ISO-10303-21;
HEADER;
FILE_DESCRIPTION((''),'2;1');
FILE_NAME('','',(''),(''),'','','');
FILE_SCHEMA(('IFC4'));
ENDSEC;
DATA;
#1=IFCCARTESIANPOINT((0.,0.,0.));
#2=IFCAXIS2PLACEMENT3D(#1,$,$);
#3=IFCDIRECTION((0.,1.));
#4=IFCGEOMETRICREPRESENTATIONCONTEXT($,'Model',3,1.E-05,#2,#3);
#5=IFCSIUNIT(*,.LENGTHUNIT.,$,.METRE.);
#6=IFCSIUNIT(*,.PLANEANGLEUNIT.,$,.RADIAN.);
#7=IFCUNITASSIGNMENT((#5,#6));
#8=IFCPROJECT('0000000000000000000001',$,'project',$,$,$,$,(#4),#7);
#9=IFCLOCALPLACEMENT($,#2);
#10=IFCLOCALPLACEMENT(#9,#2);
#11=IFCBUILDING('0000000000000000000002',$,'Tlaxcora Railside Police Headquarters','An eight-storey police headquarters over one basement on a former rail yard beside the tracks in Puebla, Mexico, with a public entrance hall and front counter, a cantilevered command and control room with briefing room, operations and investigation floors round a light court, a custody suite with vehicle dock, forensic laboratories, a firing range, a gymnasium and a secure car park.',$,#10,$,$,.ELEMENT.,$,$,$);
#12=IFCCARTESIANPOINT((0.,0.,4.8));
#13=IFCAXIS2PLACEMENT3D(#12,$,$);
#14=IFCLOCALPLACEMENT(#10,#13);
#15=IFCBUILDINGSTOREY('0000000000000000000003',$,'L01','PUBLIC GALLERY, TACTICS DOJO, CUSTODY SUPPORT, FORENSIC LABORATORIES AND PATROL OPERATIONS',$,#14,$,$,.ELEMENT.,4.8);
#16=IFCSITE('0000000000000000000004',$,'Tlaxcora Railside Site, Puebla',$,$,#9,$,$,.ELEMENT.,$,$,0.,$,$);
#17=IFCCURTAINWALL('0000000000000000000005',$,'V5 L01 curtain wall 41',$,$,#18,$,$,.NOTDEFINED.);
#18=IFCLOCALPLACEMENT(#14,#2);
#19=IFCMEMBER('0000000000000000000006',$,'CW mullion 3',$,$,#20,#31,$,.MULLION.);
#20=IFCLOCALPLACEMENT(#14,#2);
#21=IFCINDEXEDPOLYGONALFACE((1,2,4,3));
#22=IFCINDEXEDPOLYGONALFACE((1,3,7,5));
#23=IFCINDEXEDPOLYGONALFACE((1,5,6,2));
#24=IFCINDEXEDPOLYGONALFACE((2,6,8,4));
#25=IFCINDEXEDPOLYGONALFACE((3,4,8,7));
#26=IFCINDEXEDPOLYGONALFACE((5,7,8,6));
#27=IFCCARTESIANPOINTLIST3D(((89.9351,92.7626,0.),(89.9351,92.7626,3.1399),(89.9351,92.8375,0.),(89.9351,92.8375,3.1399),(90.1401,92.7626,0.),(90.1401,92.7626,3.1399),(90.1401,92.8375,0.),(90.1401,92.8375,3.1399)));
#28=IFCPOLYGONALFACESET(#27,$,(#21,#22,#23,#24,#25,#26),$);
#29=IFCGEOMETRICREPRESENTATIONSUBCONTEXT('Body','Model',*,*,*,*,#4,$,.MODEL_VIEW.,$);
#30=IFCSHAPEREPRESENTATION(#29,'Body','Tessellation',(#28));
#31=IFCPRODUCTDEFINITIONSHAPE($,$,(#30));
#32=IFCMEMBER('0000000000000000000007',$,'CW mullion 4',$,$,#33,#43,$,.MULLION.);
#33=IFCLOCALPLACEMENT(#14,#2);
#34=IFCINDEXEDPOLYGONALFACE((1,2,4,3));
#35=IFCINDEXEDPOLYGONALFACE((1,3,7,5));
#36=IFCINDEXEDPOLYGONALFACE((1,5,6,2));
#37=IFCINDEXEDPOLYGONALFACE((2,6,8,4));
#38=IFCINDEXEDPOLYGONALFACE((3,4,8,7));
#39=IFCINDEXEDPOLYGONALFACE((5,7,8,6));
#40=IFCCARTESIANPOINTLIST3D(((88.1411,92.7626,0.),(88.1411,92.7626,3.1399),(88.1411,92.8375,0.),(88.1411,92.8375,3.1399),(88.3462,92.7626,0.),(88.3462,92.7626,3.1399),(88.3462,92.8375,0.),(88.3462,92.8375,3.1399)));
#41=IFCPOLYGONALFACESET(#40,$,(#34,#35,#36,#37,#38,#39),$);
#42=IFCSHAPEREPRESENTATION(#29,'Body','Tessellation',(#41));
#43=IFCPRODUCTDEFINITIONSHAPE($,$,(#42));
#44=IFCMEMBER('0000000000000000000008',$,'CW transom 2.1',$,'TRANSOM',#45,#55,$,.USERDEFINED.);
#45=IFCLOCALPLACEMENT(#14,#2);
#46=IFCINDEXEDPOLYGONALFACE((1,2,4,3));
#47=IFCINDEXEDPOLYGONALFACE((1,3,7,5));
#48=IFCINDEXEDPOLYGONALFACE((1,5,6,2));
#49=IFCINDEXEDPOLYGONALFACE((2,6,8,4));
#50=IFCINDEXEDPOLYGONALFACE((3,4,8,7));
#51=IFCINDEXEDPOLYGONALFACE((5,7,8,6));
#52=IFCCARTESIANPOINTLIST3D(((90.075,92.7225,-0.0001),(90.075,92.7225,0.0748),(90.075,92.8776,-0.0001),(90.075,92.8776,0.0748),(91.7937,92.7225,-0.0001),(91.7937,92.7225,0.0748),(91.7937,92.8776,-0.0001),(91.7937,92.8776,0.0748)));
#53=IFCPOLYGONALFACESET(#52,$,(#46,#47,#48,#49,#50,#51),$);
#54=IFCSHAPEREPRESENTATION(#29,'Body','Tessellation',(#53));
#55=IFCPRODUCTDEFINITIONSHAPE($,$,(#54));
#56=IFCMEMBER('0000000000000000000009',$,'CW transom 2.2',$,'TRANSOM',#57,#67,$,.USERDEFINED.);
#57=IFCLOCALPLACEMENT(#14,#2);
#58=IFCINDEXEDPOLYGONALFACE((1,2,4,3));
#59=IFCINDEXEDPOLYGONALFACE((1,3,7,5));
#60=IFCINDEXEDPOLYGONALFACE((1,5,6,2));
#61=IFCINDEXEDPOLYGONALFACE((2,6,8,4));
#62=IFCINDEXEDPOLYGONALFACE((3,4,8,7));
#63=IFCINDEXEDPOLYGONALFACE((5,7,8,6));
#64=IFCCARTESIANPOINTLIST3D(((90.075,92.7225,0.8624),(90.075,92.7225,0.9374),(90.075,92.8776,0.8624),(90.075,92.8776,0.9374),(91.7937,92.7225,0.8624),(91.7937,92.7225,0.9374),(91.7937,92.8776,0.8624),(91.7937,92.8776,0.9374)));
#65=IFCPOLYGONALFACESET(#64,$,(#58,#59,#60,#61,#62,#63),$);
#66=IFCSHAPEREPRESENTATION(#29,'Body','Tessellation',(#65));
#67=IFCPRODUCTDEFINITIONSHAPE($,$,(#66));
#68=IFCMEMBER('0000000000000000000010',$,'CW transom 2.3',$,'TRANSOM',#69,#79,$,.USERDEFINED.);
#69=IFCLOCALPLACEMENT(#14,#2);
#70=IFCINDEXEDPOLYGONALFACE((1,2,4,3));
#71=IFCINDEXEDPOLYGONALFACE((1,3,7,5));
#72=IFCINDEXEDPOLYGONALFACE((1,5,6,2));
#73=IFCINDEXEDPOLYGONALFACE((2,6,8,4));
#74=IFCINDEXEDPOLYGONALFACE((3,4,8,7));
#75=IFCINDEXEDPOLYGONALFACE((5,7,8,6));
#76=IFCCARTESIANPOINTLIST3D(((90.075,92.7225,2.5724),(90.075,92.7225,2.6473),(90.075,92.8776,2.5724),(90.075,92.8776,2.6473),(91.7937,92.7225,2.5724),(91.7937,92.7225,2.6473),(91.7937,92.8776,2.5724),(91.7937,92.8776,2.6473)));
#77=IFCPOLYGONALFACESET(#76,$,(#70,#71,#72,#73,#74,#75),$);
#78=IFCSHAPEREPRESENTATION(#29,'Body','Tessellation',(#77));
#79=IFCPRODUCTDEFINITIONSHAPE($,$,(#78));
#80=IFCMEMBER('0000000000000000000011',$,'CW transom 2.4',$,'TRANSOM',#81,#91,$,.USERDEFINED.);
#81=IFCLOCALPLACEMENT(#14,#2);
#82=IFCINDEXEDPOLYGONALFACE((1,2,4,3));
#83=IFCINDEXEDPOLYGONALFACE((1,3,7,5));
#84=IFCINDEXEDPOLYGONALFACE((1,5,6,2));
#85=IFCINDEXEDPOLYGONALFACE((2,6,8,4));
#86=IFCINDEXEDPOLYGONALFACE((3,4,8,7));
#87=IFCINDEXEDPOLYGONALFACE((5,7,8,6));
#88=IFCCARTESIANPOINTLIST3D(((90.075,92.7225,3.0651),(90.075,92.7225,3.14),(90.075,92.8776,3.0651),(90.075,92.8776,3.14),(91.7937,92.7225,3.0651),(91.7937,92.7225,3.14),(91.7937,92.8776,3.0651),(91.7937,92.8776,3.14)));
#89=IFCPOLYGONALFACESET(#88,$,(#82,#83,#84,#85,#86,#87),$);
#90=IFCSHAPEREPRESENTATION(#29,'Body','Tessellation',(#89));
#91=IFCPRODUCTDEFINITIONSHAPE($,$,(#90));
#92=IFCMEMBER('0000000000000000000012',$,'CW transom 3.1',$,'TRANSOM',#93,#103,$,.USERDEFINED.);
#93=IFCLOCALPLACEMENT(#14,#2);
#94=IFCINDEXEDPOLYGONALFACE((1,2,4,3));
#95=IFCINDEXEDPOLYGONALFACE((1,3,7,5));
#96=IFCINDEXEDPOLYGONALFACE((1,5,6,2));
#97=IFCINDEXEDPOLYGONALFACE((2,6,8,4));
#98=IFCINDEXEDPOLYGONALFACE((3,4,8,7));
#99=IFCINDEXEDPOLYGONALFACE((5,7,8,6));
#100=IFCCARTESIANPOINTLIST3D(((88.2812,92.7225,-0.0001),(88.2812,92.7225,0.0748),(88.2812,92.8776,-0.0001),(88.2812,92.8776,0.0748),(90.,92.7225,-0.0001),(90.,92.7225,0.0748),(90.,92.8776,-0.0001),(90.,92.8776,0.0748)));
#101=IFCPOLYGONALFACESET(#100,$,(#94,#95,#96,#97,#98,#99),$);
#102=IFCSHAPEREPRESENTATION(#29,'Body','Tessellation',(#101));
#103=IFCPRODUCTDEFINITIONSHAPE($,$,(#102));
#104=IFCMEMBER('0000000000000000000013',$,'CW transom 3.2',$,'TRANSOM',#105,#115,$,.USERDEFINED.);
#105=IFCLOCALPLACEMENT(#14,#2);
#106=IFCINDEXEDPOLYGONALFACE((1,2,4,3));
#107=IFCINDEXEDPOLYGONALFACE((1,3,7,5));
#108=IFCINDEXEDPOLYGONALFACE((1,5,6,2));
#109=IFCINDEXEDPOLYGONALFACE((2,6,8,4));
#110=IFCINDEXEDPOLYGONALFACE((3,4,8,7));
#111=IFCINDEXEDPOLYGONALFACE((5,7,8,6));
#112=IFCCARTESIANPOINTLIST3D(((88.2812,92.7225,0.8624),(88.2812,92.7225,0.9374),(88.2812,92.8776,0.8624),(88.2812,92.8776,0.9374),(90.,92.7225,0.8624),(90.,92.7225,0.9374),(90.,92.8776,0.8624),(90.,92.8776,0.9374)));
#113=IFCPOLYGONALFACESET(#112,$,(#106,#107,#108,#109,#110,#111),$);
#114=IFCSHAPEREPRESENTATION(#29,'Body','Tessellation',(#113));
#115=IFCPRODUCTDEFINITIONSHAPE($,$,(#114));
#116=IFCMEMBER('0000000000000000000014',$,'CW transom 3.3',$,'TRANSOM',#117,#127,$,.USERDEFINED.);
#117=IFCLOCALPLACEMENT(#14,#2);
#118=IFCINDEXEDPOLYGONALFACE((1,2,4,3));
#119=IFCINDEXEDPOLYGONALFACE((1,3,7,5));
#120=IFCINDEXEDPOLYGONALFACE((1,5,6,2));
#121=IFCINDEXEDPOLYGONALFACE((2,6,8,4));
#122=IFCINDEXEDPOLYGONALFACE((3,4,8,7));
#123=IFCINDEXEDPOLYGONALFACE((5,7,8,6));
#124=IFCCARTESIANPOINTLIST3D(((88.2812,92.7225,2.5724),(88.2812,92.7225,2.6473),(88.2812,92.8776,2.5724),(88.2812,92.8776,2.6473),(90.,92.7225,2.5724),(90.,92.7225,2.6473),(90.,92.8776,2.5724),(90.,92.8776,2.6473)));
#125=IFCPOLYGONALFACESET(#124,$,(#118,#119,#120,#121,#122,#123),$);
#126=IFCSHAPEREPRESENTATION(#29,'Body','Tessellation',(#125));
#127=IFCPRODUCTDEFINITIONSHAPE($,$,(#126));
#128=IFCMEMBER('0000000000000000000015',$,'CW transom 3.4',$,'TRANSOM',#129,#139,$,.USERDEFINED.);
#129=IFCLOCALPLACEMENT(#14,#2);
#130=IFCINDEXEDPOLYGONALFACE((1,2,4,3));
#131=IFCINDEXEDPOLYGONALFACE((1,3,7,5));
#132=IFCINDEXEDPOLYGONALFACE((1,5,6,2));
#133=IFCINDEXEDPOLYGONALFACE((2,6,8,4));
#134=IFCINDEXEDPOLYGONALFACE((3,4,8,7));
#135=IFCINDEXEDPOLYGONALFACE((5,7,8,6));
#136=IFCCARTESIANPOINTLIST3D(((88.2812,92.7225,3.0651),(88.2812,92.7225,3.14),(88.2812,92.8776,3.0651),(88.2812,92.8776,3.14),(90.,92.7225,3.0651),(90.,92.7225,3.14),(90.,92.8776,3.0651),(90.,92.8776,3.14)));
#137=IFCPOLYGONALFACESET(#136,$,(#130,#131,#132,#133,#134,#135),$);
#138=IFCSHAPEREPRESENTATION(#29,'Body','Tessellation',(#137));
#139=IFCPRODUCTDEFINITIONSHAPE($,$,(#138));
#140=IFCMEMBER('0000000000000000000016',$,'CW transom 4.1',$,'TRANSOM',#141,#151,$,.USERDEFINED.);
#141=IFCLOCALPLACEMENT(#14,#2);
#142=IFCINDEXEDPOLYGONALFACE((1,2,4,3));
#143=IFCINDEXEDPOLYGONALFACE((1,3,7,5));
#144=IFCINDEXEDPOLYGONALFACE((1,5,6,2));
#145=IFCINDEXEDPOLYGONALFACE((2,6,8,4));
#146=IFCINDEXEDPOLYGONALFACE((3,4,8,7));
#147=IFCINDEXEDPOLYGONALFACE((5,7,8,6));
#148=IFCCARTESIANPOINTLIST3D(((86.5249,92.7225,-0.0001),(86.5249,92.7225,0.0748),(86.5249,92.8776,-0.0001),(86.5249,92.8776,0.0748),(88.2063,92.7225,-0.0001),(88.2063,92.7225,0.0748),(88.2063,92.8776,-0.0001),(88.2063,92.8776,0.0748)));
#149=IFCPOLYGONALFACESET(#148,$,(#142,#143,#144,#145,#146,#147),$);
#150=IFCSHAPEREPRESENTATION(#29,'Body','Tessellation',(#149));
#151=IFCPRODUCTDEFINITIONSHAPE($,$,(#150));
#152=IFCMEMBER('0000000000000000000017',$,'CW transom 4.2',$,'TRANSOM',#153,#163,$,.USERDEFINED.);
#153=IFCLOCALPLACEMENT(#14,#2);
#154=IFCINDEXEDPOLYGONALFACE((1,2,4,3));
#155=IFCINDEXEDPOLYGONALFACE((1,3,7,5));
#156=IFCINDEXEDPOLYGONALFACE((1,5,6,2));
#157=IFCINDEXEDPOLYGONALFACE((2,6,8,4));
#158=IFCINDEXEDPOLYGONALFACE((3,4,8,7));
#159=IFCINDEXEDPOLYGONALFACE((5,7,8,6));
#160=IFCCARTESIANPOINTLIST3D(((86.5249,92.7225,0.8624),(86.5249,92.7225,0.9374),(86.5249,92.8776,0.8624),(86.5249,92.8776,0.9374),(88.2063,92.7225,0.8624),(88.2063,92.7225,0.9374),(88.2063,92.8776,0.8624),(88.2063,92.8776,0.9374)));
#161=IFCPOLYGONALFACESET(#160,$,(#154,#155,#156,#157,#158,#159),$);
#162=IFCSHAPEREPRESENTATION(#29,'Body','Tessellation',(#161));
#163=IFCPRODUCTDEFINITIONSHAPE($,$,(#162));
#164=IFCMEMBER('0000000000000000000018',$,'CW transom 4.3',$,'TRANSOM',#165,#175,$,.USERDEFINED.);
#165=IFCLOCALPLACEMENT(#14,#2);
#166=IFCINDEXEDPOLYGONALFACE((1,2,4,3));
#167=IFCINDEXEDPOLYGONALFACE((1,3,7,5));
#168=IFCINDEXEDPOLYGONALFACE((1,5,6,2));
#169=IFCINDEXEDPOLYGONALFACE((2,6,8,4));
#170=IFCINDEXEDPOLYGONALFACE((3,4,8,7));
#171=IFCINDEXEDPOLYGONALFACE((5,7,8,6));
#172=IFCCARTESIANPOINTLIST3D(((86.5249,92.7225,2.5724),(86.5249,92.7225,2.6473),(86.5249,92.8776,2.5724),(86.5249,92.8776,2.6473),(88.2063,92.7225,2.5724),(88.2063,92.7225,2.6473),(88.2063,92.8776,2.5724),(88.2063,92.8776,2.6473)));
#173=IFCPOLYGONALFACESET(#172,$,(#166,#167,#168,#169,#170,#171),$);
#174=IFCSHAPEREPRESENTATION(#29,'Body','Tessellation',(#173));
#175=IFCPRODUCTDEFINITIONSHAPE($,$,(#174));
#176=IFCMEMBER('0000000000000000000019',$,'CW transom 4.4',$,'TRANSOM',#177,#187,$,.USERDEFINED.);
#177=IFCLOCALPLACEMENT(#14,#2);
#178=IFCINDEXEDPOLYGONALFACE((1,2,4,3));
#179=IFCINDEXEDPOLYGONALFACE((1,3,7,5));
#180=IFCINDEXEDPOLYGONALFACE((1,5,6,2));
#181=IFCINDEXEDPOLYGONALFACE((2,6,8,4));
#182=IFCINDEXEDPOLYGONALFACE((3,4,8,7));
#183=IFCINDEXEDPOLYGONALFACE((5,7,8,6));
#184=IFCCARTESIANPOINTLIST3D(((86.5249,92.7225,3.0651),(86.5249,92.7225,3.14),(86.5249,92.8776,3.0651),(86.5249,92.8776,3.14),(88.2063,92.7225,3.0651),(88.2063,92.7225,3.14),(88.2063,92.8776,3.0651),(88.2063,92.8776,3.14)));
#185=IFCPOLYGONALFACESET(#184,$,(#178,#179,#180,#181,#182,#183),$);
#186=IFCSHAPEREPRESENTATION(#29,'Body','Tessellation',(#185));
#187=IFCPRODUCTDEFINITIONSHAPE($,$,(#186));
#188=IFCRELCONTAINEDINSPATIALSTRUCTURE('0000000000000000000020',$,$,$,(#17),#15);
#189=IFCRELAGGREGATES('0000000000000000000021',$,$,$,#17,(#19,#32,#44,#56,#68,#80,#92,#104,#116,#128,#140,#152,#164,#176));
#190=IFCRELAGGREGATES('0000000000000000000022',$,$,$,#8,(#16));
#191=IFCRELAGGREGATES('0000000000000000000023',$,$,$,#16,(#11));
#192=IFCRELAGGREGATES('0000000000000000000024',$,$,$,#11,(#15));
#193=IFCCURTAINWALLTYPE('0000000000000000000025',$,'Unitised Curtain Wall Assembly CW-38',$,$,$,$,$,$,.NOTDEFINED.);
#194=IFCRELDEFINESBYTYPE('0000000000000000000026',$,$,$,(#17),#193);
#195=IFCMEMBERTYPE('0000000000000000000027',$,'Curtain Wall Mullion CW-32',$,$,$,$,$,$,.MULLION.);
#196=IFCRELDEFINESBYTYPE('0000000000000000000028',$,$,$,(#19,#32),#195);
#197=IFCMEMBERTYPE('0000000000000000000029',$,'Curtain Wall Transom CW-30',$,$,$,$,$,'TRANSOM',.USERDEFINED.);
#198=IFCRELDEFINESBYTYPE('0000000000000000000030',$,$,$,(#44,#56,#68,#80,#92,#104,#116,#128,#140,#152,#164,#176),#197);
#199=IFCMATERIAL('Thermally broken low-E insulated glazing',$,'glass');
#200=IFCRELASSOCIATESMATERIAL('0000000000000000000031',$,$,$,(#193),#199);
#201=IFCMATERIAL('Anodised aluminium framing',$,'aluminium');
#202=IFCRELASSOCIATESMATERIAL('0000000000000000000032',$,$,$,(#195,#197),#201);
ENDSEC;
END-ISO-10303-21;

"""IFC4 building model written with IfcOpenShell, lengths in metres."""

from ifc_helpers import new_model, si_unit, direction, frame, origin, origin_2d, place, context, subcontext, project, spatial, rectangle, extrude, material, material_profile, profile_set, type_object, element, aggregate, save


model = new_model("IFC4")

# Units and contexts
model_context = context("Model", 3, precision=1e-05, world=origin(), true_north=direction((0.0, 1.0)))
body_context = subcontext(model_context, "Body", "Model", "MODEL_VIEW")
ifc_project = project(units=[si_unit("LENGTHUNIT", "METRE"), si_unit("PLANEANGLEUNIT", "RADIAN")], contexts=[model_context])

# Site, building, storey
site_placement = place(None, origin())
site = spatial("IfcSite", under=ifc_project, at=site_placement, Name="Tlaxcora Railside Site, Puebla", CompositionType="ELEMENT", RefElevation=0.0)
building_placement = place(site_placement, origin())
building = spatial("IfcBuilding", under=site, at=building_placement, Name="Tlaxcora Railside Police Headquarters", Description="An eight-storey police headquarters over one basement on a former rail yard beside the tracks in Puebla, Mexico, with a public entrance hall and front counter, a cantilevered command and control room with briefing room, operations and investigation floors round a light court, a custody suite with vehicle dock, forensic laboratories, a firing range, a gymnasium and a secure car park.", CompositionType="ELEMENT")
storey_placement = place(building_placement, frame((0.0, 0.0, 4.8)))
storey = spatial("IfcBuildingStorey", under=building, at=storey_placement, Name="L01", Description="PUBLIC GALLERY, TACTICS DOJO, CUSTODY SUPPORT, FORENSIC LABORATORIES AND PATROL OPERATIONS", CompositionType="ELEMENT", Elevation=4.8)

# Curtain wall, members
ifc_material_1 = material(Name="Thermally broken low-E insulated glazing", Category="glass")
curtain_wall_type = type_object("IfcCurtainWallType", Name="Unitised Curtain Wall Assembly CW-38", PredefinedType="NOTDEFINED", material=ifc_material_1)
curtain_wall_placement = place(storey_placement, origin())
curtain_wall = element("IfcCurtainWall", 1, at=curtain_wall_placement, inside=storey, type_object=curtain_wall_type, Name="V5 L01 curtain wall 41", PredefinedType="NOTDEFINED")
ifc_material_2 = material(Name="Anodised aluminium framing", Category="aluminium")
ifc_material_profile_1 = material_profile(ifc_material_2, rectangle(XDim=0.075, YDim=0.2051, at=origin_2d()), Name="AL75X205")
ifc_profile_set_1 = profile_set([ifc_material_profile_1], Name="Anodised aluminium framing")
member_type_1 = type_object("IfcMemberType", Name="Curtain Wall Mullion CW-32", PredefinedType="MULLION", material=ifc_profile_set_1)
member_1_placement = place(storey_placement, frame((90.0376, 92.8, 0.0), z_axis=(0.0, 0.0, 1.0), x_axis=(0.0, -1.0, 0.0)))
member_1 = element("IfcMember", 2, at=member_1_placement, type_object=member_type_1, Name="CW mullion 3", PredefinedType="MULLION", context=body_context, shape_type="SweptSolid", body=[
    extrude(rectangle(XDim=0.075, YDim=0.2051, at=origin_2d()), origin(), (0.0, 0.0, 1.0), 3.1399),
])
member_2_placement = place(storey_placement, frame((88.2437, 92.8, 0.0), z_axis=(0.0, 0.0, 1.0), x_axis=(0.0, -1.0, 0.0)))
member_2 = element("IfcMember", 3, at=member_2_placement, type_object=member_type_1, Name="CW mullion 4", PredefinedType="MULLION", context=body_context, shape_type="SweptSolid", body=[
    extrude(rectangle(XDim=0.075, YDim=0.2051, at=origin_2d()), origin(), (0.0, 0.0, 1.0), 3.1399),
])
ifc_material_profile_2 = material_profile(ifc_material_2, rectangle(XDim=0.155, YDim=0.075, at=origin_2d()), Name="AL75X155")
ifc_profile_set_2 = profile_set([ifc_material_profile_2], Name="Anodised aluminium framing")
member_type_2 = type_object("IfcMemberType", Name="Curtain Wall Transom CW-30", ElementType="TRANSOM", PredefinedType="USERDEFINED", material=ifc_profile_set_2)
member_3_placement = place(storey_placement, frame((91.7937, 92.8, 0.0374), z_axis=(-1.0, 0.0, 0.0), x_axis=(0.0, -1.0, 0.0)))
member_3 = element("IfcMember", 4, at=member_3_placement, type_object=member_type_2, Name="CW transom 2.1", ObjectType="TRANSOM", PredefinedType="USERDEFINED", context=body_context, shape_type="SweptSolid", body=[
    extrude(rectangle(XDim=0.155, YDim=0.075, at=origin_2d()), origin(), (0.0, 0.0, 1.0), 1.7188),
])
member_4_placement = place(storey_placement, frame((91.7937, 92.8, 0.8999), z_axis=(-1.0, 0.0, 0.0), x_axis=(0.0, -1.0, 0.0)))
member_4 = element("IfcMember", 5, at=member_4_placement, type_object=member_type_2, Name="CW transom 2.2", ObjectType="TRANSOM", PredefinedType="USERDEFINED", context=body_context, shape_type="SweptSolid", body=[
    extrude(rectangle(XDim=0.155, YDim=0.075, at=origin_2d()), origin(), (0.0, 0.0, 1.0), 1.7188),
])
member_5_placement = place(storey_placement, frame((91.7937, 92.8, 2.6099), z_axis=(-1.0, 0.0, 0.0), x_axis=(0.0, -1.0, 0.0)))
member_5 = element("IfcMember", 6, at=member_5_placement, type_object=member_type_2, Name="CW transom 2.3", ObjectType="TRANSOM", PredefinedType="USERDEFINED", context=body_context, shape_type="SweptSolid", body=[
    extrude(rectangle(XDim=0.155, YDim=0.075, at=origin_2d()), origin(), (0.0, 0.0, 1.0), 1.7188),
])
member_6_placement = place(storey_placement, frame((91.7937, 92.8, 3.1025), z_axis=(-1.0, 0.0, 0.0), x_axis=(0.0, -1.0, 0.0)))
member_6 = element("IfcMember", 7, at=member_6_placement, type_object=member_type_2, Name="CW transom 2.4", ObjectType="TRANSOM", PredefinedType="USERDEFINED", context=body_context, shape_type="SweptSolid", body=[
    extrude(rectangle(XDim=0.155, YDim=0.075, at=origin_2d()), origin(), (0.0, 0.0, 1.0), 1.7188),
])
member_7_placement = place(storey_placement, frame((90.0, 92.8, 0.0374), z_axis=(-1.0, 0.0, 0.0), x_axis=(0.0, -1.0, 0.0)))
member_7 = element("IfcMember", 8, at=member_7_placement, type_object=member_type_2, Name="CW transom 3.1", ObjectType="TRANSOM", PredefinedType="USERDEFINED", context=body_context, shape_type="SweptSolid", body=[
    extrude(rectangle(XDim=0.155, YDim=0.075, at=origin_2d()), origin(), (0.0, 0.0, 1.0), 1.7188),
])
member_8_placement = place(storey_placement, frame((90.0, 92.8, 0.8999), z_axis=(-1.0, 0.0, 0.0), x_axis=(0.0, -1.0, 0.0)))
member_8 = element("IfcMember", 9, at=member_8_placement, type_object=member_type_2, Name="CW transom 3.2", ObjectType="TRANSOM", PredefinedType="USERDEFINED", context=body_context, shape_type="SweptSolid", body=[
    extrude(rectangle(XDim=0.155, YDim=0.075, at=origin_2d()), origin(), (0.0, 0.0, 1.0), 1.7188),
])
member_9_placement = place(storey_placement, frame((90.0, 92.8, 2.6099), z_axis=(-1.0, 0.0, 0.0), x_axis=(0.0, -1.0, 0.0)))
member_9 = element("IfcMember", 10, at=member_9_placement, type_object=member_type_2, Name="CW transom 3.3", ObjectType="TRANSOM", PredefinedType="USERDEFINED", context=body_context, shape_type="SweptSolid", body=[
    extrude(rectangle(XDim=0.155, YDim=0.075, at=origin_2d()), origin(), (0.0, 0.0, 1.0), 1.7188),
])
member_10_placement = place(storey_placement, frame((90.0, 92.8, 3.1025), z_axis=(-1.0, 0.0, 0.0), x_axis=(0.0, -1.0, 0.0)))
member_10 = element("IfcMember", 11, at=member_10_placement, type_object=member_type_2, Name="CW transom 3.4", ObjectType="TRANSOM", PredefinedType="USERDEFINED", context=body_context, shape_type="SweptSolid", body=[
    extrude(rectangle(XDim=0.155, YDim=0.075, at=origin_2d()), origin(), (0.0, 0.0, 1.0), 1.7188),
])
member_11_placement = place(storey_placement, frame((88.2063, 92.8, 0.0374), z_axis=(-1.0, 0.0, 0.0), x_axis=(0.0, -1.0, 0.0)))
member_11 = element("IfcMember", 12, at=member_11_placement, type_object=member_type_2, Name="CW transom 4.1", ObjectType="TRANSOM", PredefinedType="USERDEFINED", context=body_context, shape_type="SweptSolid", body=[
    extrude(rectangle(XDim=0.155, YDim=0.075, at=origin_2d()), origin(), (0.0, 0.0, 1.0), 1.6814),
])
member_12_placement = place(storey_placement, frame((88.2063, 92.8, 0.8999), z_axis=(-1.0, 0.0, 0.0), x_axis=(0.0, -1.0, 0.0)))
member_12 = element("IfcMember", 13, at=member_12_placement, type_object=member_type_2, Name="CW transom 4.2", ObjectType="TRANSOM", PredefinedType="USERDEFINED", context=body_context, shape_type="SweptSolid", body=[
    extrude(rectangle(XDim=0.155, YDim=0.075, at=origin_2d()), origin(), (0.0, 0.0, 1.0), 1.6814),
])
member_13_placement = place(storey_placement, frame((88.2063, 92.8, 2.6099), z_axis=(-1.0, 0.0, 0.0), x_axis=(0.0, -1.0, 0.0)))
member_13 = element("IfcMember", 14, at=member_13_placement, type_object=member_type_2, Name="CW transom 4.3", ObjectType="TRANSOM", PredefinedType="USERDEFINED", context=body_context, shape_type="SweptSolid", body=[
    extrude(rectangle(XDim=0.155, YDim=0.075, at=origin_2d()), origin(), (0.0, 0.0, 1.0), 1.6814),
])
member_14_placement = place(storey_placement, frame((88.2063, 92.8, 3.1025), z_axis=(-1.0, 0.0, 0.0), x_axis=(0.0, -1.0, 0.0)))
member_14 = element("IfcMember", 15, at=member_14_placement, type_object=member_type_2, Name="CW transom 4.4", ObjectType="TRANSOM", PredefinedType="USERDEFINED", context=body_context, shape_type="SweptSolid", body=[
    extrude(rectangle(XDim=0.155, YDim=0.075, at=origin_2d()), origin(), (0.0, 0.0, 1.0), 1.6814),
])
aggregate(curtain_wall, [member_1, member_2, member_3, member_4, member_5, member_6, member_7, member_8, member_9, member_10, member_11, member_12, member_13, member_14])

save(model, "model.ifc")
